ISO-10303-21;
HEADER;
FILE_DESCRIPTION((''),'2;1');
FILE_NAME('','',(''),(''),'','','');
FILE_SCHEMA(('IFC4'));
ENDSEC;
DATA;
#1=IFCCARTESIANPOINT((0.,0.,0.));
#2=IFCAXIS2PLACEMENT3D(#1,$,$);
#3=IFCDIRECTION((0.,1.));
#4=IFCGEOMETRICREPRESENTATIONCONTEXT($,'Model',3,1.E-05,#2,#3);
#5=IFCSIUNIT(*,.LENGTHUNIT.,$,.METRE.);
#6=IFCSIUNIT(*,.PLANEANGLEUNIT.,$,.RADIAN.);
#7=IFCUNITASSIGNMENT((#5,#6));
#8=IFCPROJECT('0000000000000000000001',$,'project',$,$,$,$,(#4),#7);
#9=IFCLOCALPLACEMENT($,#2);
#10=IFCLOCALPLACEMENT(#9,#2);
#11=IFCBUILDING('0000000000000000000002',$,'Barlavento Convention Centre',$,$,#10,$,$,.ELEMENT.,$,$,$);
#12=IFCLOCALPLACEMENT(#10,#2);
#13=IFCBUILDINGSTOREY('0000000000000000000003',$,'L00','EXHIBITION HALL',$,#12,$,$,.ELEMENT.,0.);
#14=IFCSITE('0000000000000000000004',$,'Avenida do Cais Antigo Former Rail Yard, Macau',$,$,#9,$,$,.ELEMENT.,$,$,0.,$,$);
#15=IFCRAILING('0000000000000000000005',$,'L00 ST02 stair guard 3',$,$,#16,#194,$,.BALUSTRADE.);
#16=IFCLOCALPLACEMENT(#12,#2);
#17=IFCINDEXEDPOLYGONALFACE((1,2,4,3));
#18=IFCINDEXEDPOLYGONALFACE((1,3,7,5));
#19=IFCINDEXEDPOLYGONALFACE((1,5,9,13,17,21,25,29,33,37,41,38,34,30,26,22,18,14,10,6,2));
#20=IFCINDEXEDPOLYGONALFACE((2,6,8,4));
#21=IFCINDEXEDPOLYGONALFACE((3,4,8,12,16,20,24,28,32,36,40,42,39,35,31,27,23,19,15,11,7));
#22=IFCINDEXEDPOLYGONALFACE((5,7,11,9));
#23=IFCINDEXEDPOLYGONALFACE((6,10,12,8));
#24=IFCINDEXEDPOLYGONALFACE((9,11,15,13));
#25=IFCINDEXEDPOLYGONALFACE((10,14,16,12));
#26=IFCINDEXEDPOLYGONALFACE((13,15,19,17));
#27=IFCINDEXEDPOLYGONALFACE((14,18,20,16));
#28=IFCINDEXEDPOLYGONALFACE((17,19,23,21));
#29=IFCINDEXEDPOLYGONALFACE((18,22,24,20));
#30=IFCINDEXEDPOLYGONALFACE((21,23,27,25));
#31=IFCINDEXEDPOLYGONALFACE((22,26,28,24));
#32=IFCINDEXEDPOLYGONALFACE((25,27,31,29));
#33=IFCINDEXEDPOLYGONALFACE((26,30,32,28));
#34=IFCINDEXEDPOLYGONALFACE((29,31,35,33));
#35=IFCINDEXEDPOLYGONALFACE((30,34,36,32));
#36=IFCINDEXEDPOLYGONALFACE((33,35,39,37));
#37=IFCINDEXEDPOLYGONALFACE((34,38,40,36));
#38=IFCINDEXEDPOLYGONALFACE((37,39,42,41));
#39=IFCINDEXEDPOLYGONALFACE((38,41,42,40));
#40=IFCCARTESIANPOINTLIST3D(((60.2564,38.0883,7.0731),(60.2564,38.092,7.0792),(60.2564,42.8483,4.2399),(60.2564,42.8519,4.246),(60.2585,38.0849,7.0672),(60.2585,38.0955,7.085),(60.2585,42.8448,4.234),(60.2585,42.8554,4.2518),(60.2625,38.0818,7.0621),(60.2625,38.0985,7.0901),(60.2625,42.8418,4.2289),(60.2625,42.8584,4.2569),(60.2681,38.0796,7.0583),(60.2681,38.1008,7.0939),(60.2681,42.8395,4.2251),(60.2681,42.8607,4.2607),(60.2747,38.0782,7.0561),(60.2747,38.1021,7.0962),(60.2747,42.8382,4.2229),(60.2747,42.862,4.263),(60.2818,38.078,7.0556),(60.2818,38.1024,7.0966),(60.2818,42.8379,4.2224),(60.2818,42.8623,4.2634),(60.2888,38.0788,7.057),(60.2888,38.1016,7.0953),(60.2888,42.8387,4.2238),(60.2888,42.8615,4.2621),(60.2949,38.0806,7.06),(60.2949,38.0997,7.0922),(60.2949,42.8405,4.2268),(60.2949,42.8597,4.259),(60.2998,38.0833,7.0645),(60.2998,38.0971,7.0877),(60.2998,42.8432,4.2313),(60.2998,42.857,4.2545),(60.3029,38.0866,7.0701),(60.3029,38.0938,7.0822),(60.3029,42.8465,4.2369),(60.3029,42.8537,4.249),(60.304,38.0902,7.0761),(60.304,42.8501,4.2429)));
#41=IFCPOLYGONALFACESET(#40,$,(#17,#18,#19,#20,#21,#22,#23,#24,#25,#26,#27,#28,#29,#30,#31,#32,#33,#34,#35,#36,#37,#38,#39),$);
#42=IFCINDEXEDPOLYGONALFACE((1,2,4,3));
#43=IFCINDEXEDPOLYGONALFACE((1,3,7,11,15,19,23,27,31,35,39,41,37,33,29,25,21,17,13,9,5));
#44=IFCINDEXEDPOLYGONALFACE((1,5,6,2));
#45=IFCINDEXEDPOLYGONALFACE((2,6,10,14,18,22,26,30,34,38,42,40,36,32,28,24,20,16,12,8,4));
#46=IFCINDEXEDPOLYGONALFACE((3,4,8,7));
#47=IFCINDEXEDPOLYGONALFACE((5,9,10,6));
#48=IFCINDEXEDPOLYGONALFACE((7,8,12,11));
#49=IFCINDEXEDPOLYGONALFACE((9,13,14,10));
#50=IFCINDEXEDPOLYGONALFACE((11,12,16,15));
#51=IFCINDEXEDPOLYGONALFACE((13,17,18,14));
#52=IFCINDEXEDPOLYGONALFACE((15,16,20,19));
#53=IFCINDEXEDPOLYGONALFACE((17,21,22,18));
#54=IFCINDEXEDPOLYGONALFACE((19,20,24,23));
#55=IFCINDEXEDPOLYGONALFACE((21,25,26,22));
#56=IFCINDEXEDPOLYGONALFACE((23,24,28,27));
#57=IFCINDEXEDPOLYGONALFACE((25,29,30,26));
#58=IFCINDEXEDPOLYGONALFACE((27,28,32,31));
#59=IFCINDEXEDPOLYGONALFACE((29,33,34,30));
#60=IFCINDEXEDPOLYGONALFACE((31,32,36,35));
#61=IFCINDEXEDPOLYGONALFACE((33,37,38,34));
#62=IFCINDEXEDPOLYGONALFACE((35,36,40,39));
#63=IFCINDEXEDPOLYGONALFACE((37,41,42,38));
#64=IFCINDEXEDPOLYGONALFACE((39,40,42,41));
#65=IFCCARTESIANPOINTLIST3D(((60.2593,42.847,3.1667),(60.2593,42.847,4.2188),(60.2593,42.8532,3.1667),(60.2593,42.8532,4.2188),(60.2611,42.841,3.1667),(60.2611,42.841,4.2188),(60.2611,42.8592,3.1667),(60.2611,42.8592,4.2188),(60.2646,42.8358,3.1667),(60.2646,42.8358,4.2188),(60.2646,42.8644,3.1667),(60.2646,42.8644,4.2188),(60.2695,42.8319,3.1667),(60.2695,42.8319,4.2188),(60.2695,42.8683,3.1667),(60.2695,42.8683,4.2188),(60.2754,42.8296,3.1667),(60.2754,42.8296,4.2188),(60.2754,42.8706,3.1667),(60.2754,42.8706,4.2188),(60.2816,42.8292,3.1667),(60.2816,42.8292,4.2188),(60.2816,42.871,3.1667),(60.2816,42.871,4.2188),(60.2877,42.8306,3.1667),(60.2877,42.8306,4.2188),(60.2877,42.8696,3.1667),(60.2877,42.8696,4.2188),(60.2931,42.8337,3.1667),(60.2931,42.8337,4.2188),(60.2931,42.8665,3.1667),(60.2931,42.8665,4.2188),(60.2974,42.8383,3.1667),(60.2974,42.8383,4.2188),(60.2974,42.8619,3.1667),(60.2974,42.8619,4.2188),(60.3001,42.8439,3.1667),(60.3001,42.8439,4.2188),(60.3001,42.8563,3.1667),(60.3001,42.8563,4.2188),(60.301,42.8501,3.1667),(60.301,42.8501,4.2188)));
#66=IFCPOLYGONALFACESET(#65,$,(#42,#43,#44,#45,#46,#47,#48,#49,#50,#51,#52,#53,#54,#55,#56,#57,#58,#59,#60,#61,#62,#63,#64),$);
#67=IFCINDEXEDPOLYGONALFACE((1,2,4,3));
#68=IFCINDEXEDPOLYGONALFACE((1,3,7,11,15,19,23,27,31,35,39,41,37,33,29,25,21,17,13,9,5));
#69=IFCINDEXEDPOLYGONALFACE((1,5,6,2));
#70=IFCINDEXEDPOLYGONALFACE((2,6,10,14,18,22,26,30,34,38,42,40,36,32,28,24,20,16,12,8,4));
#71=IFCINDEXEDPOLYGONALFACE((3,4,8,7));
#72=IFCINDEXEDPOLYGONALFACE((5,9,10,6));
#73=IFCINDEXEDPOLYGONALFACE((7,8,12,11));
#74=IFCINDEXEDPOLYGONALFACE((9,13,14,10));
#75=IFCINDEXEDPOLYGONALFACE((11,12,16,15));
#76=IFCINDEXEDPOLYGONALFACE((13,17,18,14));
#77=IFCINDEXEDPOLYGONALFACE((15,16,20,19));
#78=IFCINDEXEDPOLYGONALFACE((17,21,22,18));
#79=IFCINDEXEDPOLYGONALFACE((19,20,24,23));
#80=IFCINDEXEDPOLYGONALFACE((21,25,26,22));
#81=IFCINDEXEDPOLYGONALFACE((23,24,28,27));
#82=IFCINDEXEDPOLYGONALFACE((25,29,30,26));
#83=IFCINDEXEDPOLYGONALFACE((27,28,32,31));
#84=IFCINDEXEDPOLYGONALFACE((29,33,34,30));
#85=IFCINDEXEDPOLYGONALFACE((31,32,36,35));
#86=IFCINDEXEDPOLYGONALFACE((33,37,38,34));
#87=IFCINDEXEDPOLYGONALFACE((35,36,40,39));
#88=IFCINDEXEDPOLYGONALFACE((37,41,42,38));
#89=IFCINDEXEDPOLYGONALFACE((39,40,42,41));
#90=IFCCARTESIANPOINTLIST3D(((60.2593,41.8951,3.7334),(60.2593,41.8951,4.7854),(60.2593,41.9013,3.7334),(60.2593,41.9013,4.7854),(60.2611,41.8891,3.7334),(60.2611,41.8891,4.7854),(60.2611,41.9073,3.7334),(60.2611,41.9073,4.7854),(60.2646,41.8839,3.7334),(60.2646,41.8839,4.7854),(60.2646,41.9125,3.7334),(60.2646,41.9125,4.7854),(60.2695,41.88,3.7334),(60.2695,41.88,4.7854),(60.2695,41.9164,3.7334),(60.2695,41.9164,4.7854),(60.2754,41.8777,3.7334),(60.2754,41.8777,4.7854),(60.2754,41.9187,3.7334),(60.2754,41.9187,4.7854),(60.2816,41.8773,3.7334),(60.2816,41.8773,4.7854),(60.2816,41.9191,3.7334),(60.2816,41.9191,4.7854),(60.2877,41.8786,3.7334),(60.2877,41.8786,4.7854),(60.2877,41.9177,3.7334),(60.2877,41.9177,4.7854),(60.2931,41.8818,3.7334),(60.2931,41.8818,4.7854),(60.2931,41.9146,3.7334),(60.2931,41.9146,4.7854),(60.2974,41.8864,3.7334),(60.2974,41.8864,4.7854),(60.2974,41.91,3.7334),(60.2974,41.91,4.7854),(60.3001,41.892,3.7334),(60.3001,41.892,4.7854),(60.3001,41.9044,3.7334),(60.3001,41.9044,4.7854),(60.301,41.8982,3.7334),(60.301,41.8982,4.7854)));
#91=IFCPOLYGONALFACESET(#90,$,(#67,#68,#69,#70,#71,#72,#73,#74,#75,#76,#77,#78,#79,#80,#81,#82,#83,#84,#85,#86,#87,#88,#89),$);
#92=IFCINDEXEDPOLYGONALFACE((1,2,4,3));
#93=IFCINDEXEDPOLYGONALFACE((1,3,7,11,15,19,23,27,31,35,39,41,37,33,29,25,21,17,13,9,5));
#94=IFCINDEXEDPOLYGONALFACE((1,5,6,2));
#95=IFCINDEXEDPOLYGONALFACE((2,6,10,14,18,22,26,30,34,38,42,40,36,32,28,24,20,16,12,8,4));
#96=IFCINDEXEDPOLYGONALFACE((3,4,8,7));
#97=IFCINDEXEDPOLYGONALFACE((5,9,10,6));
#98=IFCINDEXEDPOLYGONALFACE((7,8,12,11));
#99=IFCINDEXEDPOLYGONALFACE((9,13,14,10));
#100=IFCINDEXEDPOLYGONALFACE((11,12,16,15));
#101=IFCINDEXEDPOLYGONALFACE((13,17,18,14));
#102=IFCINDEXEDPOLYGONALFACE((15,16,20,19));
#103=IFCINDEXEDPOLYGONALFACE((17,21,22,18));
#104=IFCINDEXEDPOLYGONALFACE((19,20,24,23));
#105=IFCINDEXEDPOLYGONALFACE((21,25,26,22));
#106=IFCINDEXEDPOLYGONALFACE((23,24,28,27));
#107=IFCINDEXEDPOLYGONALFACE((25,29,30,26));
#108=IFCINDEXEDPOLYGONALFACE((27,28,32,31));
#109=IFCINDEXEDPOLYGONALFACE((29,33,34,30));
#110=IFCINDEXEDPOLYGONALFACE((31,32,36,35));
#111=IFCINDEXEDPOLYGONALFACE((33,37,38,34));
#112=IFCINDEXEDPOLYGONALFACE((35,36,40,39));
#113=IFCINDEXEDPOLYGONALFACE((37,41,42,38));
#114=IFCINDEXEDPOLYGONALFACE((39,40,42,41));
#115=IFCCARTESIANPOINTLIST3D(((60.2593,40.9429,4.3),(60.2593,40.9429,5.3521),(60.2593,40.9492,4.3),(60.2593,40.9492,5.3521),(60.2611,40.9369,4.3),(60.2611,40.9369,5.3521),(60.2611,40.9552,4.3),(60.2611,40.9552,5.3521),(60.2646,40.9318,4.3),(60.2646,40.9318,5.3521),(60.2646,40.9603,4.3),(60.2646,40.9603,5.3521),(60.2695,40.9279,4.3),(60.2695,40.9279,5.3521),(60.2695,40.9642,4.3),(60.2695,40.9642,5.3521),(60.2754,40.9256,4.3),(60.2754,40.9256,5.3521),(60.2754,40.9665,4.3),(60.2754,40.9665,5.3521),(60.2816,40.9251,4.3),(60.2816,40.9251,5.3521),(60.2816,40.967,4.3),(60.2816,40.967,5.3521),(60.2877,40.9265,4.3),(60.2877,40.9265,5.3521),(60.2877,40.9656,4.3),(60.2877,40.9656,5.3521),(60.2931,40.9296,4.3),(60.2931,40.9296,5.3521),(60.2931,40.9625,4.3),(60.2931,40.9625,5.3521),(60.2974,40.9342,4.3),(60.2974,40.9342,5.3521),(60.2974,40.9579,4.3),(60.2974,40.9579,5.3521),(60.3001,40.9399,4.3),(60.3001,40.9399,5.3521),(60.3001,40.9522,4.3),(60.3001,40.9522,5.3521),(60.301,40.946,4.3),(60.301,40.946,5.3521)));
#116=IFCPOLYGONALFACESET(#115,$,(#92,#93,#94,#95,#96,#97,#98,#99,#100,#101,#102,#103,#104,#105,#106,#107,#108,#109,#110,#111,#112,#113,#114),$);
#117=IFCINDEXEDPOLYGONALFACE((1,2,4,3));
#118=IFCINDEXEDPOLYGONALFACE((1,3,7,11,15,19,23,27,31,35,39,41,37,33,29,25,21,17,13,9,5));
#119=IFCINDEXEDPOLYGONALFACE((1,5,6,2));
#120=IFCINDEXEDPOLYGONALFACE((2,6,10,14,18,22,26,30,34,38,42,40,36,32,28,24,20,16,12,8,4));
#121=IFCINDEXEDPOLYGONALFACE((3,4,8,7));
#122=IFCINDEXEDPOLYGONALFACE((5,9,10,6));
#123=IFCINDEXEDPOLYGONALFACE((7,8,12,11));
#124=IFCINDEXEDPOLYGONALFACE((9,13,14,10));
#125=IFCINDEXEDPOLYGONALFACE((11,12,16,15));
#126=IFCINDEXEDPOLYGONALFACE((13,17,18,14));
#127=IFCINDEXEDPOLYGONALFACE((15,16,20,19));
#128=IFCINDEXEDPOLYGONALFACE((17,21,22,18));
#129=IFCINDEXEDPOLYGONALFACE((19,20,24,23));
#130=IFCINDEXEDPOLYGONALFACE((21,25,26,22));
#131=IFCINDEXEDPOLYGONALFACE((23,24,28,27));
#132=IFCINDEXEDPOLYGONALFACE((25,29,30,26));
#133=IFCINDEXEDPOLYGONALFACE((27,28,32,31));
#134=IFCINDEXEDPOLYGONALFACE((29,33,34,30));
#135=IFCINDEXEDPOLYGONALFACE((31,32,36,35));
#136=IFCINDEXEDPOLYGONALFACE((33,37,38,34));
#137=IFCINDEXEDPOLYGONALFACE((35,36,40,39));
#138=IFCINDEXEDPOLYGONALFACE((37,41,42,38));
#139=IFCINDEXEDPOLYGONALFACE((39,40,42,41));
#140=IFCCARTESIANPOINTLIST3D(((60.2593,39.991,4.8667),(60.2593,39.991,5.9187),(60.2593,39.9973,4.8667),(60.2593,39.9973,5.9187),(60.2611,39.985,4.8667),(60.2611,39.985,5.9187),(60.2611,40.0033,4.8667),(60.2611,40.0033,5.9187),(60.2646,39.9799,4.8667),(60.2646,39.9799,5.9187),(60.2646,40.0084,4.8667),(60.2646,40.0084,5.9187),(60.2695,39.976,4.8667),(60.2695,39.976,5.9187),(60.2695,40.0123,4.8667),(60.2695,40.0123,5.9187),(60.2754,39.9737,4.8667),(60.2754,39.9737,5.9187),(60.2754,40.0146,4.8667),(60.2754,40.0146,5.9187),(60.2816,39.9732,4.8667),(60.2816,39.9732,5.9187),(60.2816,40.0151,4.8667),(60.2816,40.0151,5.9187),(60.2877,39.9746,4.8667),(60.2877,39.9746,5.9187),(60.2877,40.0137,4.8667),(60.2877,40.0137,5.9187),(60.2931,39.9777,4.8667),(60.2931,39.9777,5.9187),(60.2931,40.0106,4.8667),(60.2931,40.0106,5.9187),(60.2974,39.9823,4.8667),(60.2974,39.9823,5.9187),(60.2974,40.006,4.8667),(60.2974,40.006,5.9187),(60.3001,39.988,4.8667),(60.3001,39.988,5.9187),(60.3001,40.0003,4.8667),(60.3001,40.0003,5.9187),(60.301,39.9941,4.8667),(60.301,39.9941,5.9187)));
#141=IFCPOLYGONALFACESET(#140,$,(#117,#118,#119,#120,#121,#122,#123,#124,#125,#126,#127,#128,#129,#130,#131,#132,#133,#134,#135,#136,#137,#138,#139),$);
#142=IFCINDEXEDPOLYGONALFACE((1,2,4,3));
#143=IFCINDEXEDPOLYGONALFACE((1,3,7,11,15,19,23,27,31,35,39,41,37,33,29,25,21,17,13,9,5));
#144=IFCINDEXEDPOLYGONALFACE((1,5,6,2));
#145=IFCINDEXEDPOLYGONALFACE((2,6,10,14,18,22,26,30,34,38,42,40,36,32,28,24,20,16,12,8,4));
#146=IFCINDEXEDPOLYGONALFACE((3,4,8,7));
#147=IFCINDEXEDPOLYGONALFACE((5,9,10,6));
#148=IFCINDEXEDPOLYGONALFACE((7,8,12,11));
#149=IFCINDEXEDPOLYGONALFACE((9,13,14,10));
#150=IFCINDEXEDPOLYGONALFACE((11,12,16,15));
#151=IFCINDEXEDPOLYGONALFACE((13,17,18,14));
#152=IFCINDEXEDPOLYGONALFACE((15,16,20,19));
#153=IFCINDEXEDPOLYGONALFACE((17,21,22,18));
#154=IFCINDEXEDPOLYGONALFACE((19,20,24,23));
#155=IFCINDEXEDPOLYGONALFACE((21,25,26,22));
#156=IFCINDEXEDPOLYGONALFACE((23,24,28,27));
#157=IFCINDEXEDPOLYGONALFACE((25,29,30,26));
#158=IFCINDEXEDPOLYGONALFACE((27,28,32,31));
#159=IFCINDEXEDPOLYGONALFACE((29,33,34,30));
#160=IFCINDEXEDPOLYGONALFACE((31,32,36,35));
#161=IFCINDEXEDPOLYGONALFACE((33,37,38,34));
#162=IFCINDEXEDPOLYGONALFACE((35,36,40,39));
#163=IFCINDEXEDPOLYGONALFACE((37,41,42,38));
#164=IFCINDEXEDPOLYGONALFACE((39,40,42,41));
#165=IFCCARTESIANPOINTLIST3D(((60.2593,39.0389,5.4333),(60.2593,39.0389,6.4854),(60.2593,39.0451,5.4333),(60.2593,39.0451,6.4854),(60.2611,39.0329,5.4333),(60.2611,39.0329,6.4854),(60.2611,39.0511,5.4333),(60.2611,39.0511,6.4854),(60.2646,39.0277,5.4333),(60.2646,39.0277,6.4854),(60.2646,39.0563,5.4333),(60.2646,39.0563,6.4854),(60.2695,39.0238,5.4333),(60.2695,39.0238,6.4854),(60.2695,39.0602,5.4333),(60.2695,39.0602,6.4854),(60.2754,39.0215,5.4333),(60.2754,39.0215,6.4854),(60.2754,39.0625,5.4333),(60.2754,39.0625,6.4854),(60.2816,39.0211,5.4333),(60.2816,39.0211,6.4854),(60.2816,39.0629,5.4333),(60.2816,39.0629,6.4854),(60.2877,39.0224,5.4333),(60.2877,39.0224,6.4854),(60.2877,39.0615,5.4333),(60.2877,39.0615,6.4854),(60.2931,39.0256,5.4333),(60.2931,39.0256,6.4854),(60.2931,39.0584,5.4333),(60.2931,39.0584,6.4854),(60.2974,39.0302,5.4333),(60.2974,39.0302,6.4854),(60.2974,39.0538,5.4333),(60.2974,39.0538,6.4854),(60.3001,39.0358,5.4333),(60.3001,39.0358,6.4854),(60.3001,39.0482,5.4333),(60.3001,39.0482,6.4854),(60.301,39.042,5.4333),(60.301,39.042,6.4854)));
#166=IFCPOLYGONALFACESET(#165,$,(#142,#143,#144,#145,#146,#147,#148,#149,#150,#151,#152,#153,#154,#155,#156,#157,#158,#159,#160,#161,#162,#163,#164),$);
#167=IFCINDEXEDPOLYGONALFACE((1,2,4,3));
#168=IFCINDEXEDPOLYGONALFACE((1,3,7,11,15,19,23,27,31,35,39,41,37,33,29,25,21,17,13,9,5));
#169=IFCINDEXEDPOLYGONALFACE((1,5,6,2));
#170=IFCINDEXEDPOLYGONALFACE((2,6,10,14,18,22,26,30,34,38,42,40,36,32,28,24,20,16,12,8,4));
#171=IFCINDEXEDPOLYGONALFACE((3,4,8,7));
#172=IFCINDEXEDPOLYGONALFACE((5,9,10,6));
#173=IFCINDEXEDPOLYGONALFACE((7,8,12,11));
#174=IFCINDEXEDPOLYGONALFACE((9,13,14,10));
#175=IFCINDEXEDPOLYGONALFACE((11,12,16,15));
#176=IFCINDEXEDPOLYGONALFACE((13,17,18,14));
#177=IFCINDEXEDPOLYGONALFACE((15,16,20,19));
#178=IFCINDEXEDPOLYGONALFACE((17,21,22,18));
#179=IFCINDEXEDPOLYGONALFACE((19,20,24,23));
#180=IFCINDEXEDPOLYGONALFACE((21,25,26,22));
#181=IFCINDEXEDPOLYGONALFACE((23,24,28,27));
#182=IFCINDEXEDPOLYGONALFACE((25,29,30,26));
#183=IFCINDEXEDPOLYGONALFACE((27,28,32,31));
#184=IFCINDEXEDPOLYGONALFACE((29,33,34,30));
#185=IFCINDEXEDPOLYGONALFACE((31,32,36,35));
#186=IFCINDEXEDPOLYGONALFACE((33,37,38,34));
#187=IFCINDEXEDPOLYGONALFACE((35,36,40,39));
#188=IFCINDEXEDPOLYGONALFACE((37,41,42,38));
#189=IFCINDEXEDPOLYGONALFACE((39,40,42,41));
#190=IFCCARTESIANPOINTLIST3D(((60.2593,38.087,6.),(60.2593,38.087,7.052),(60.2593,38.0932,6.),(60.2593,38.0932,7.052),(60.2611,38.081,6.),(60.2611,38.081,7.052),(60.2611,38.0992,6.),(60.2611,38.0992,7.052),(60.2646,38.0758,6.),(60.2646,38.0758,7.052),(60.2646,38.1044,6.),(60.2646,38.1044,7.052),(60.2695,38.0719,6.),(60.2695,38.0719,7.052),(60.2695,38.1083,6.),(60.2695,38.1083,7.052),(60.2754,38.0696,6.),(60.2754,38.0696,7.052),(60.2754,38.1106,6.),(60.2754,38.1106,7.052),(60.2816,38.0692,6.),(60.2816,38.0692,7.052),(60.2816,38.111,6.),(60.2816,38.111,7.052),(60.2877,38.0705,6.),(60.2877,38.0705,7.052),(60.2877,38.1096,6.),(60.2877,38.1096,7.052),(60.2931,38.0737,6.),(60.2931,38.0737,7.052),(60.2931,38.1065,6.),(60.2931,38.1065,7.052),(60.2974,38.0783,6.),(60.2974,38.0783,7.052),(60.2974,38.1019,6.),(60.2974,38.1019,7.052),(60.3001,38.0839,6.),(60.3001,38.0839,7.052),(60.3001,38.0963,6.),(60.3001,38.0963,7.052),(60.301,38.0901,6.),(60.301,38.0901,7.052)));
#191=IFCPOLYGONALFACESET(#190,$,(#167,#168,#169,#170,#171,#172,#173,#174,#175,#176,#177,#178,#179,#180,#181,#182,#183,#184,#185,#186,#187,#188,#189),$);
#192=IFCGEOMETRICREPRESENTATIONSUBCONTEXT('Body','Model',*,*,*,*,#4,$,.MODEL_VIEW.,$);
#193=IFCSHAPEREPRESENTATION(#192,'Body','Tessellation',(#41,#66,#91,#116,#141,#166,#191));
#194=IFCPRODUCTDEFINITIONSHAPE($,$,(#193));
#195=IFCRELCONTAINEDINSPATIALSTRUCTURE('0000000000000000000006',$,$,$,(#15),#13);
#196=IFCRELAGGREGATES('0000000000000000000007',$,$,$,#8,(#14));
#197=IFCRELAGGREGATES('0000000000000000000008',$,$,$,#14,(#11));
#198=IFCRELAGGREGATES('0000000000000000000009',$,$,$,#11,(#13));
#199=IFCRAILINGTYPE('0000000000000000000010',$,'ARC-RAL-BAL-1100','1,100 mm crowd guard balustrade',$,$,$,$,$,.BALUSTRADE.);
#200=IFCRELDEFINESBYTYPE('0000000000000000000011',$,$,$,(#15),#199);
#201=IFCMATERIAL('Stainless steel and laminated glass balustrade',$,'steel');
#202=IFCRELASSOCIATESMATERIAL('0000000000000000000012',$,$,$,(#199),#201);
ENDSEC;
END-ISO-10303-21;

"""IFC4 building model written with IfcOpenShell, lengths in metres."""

from ifc_helpers import new_model, si_unit, direction, frame, origin, origin_2d, place, context, subcontext, project, spatial, circle, extrude, material, type_object, element, save


model = new_model("IFC4")

# Units and contexts
model_context = context("Model", 3, precision=1e-05, world=origin(), true_north=direction((0.0, 1.0)))
body_context = subcontext(model_context, "Body", "Model", "MODEL_VIEW")
ifc_project = project(units=[si_unit("LENGTHUNIT", "METRE"), si_unit("PLANEANGLEUNIT", "RADIAN")], contexts=[model_context])

# Site, building, storey
site_placement = place(None, origin())
site = spatial("IfcSite", under=ifc_project, at=site_placement, Name="Avenida do Cais Antigo Former Rail Yard, Macau", CompositionType="ELEMENT", RefElevation=0.0)
building_placement = place(site_placement, origin())
building = spatial("IfcBuilding", under=site, at=building_placement, Name="Barlavento Convention Centre", CompositionType="ELEMENT")
storey_placement = place(building_placement, origin())
storey = spatial("IfcBuildingStorey", under=building, at=storey_placement, Name="L00", Description="EXHIBITION HALL", CompositionType="ELEMENT", Elevation=0.0)

# Railing
ifc_material_1 = material(Name="Stainless steel and laminated glass balustrade", Category="steel")
railing_type_1 = type_object("IfcRailingType", Name="ARC-RAL-BAL-1100", Description="1,100 mm crowd guard balustrade", PredefinedType="BALUSTRADE", material=ifc_material_1)
railing_1_placement = place(storey_placement, frame((60.28, 42.8501, 3.1667)))
element("IfcRailing", 1, at=railing_1_placement, inside=storey, type_object=railing_type_1, Name="L00 ST02 stair guard 3", PredefinedType="BALUSTRADE", context=body_context, shape_type="SweptSolid", body=[
    extrude(circle(Radius=0.0239, at=origin_2d()), frame((0.0, 0.0, 1.0762), z_axis=(0.0, -0.8593, 0.511472), x_axis=(1.0, 0.0, 0.0)), (0.0, 0.0, 1.0), 5.5393),
    extrude(circle(Radius=0.021, at=origin_2d()), origin(), (0.0, 0.0, 1.0), 1.052),
    extrude(circle(Radius=0.021, at=origin_2d()), frame((0.0, -0.9519, 0.5667)), (0.0, 0.0, 1.0), 1.052),
    extrude(circle(Radius=0.021, at=origin_2d()), frame((0.0, -1.9041, 1.1333)), (0.0, 0.0, 1.0), 1.052),
    extrude(circle(Radius=0.021, at=origin_2d()), frame((0.0, -2.856, 1.7)), (0.0, 0.0, 1.0), 1.052),
    extrude(circle(Radius=0.021, at=origin_2d()), frame((0.0, -3.8081, 2.2666)), (0.0, 0.0, 1.0), 1.052),
    extrude(circle(Radius=0.021, at=origin_2d()), frame((0.0, -4.76, 2.8333)), (0.0, 0.0, 1.0), 1.052),
])

save(model, "model.ifc")
